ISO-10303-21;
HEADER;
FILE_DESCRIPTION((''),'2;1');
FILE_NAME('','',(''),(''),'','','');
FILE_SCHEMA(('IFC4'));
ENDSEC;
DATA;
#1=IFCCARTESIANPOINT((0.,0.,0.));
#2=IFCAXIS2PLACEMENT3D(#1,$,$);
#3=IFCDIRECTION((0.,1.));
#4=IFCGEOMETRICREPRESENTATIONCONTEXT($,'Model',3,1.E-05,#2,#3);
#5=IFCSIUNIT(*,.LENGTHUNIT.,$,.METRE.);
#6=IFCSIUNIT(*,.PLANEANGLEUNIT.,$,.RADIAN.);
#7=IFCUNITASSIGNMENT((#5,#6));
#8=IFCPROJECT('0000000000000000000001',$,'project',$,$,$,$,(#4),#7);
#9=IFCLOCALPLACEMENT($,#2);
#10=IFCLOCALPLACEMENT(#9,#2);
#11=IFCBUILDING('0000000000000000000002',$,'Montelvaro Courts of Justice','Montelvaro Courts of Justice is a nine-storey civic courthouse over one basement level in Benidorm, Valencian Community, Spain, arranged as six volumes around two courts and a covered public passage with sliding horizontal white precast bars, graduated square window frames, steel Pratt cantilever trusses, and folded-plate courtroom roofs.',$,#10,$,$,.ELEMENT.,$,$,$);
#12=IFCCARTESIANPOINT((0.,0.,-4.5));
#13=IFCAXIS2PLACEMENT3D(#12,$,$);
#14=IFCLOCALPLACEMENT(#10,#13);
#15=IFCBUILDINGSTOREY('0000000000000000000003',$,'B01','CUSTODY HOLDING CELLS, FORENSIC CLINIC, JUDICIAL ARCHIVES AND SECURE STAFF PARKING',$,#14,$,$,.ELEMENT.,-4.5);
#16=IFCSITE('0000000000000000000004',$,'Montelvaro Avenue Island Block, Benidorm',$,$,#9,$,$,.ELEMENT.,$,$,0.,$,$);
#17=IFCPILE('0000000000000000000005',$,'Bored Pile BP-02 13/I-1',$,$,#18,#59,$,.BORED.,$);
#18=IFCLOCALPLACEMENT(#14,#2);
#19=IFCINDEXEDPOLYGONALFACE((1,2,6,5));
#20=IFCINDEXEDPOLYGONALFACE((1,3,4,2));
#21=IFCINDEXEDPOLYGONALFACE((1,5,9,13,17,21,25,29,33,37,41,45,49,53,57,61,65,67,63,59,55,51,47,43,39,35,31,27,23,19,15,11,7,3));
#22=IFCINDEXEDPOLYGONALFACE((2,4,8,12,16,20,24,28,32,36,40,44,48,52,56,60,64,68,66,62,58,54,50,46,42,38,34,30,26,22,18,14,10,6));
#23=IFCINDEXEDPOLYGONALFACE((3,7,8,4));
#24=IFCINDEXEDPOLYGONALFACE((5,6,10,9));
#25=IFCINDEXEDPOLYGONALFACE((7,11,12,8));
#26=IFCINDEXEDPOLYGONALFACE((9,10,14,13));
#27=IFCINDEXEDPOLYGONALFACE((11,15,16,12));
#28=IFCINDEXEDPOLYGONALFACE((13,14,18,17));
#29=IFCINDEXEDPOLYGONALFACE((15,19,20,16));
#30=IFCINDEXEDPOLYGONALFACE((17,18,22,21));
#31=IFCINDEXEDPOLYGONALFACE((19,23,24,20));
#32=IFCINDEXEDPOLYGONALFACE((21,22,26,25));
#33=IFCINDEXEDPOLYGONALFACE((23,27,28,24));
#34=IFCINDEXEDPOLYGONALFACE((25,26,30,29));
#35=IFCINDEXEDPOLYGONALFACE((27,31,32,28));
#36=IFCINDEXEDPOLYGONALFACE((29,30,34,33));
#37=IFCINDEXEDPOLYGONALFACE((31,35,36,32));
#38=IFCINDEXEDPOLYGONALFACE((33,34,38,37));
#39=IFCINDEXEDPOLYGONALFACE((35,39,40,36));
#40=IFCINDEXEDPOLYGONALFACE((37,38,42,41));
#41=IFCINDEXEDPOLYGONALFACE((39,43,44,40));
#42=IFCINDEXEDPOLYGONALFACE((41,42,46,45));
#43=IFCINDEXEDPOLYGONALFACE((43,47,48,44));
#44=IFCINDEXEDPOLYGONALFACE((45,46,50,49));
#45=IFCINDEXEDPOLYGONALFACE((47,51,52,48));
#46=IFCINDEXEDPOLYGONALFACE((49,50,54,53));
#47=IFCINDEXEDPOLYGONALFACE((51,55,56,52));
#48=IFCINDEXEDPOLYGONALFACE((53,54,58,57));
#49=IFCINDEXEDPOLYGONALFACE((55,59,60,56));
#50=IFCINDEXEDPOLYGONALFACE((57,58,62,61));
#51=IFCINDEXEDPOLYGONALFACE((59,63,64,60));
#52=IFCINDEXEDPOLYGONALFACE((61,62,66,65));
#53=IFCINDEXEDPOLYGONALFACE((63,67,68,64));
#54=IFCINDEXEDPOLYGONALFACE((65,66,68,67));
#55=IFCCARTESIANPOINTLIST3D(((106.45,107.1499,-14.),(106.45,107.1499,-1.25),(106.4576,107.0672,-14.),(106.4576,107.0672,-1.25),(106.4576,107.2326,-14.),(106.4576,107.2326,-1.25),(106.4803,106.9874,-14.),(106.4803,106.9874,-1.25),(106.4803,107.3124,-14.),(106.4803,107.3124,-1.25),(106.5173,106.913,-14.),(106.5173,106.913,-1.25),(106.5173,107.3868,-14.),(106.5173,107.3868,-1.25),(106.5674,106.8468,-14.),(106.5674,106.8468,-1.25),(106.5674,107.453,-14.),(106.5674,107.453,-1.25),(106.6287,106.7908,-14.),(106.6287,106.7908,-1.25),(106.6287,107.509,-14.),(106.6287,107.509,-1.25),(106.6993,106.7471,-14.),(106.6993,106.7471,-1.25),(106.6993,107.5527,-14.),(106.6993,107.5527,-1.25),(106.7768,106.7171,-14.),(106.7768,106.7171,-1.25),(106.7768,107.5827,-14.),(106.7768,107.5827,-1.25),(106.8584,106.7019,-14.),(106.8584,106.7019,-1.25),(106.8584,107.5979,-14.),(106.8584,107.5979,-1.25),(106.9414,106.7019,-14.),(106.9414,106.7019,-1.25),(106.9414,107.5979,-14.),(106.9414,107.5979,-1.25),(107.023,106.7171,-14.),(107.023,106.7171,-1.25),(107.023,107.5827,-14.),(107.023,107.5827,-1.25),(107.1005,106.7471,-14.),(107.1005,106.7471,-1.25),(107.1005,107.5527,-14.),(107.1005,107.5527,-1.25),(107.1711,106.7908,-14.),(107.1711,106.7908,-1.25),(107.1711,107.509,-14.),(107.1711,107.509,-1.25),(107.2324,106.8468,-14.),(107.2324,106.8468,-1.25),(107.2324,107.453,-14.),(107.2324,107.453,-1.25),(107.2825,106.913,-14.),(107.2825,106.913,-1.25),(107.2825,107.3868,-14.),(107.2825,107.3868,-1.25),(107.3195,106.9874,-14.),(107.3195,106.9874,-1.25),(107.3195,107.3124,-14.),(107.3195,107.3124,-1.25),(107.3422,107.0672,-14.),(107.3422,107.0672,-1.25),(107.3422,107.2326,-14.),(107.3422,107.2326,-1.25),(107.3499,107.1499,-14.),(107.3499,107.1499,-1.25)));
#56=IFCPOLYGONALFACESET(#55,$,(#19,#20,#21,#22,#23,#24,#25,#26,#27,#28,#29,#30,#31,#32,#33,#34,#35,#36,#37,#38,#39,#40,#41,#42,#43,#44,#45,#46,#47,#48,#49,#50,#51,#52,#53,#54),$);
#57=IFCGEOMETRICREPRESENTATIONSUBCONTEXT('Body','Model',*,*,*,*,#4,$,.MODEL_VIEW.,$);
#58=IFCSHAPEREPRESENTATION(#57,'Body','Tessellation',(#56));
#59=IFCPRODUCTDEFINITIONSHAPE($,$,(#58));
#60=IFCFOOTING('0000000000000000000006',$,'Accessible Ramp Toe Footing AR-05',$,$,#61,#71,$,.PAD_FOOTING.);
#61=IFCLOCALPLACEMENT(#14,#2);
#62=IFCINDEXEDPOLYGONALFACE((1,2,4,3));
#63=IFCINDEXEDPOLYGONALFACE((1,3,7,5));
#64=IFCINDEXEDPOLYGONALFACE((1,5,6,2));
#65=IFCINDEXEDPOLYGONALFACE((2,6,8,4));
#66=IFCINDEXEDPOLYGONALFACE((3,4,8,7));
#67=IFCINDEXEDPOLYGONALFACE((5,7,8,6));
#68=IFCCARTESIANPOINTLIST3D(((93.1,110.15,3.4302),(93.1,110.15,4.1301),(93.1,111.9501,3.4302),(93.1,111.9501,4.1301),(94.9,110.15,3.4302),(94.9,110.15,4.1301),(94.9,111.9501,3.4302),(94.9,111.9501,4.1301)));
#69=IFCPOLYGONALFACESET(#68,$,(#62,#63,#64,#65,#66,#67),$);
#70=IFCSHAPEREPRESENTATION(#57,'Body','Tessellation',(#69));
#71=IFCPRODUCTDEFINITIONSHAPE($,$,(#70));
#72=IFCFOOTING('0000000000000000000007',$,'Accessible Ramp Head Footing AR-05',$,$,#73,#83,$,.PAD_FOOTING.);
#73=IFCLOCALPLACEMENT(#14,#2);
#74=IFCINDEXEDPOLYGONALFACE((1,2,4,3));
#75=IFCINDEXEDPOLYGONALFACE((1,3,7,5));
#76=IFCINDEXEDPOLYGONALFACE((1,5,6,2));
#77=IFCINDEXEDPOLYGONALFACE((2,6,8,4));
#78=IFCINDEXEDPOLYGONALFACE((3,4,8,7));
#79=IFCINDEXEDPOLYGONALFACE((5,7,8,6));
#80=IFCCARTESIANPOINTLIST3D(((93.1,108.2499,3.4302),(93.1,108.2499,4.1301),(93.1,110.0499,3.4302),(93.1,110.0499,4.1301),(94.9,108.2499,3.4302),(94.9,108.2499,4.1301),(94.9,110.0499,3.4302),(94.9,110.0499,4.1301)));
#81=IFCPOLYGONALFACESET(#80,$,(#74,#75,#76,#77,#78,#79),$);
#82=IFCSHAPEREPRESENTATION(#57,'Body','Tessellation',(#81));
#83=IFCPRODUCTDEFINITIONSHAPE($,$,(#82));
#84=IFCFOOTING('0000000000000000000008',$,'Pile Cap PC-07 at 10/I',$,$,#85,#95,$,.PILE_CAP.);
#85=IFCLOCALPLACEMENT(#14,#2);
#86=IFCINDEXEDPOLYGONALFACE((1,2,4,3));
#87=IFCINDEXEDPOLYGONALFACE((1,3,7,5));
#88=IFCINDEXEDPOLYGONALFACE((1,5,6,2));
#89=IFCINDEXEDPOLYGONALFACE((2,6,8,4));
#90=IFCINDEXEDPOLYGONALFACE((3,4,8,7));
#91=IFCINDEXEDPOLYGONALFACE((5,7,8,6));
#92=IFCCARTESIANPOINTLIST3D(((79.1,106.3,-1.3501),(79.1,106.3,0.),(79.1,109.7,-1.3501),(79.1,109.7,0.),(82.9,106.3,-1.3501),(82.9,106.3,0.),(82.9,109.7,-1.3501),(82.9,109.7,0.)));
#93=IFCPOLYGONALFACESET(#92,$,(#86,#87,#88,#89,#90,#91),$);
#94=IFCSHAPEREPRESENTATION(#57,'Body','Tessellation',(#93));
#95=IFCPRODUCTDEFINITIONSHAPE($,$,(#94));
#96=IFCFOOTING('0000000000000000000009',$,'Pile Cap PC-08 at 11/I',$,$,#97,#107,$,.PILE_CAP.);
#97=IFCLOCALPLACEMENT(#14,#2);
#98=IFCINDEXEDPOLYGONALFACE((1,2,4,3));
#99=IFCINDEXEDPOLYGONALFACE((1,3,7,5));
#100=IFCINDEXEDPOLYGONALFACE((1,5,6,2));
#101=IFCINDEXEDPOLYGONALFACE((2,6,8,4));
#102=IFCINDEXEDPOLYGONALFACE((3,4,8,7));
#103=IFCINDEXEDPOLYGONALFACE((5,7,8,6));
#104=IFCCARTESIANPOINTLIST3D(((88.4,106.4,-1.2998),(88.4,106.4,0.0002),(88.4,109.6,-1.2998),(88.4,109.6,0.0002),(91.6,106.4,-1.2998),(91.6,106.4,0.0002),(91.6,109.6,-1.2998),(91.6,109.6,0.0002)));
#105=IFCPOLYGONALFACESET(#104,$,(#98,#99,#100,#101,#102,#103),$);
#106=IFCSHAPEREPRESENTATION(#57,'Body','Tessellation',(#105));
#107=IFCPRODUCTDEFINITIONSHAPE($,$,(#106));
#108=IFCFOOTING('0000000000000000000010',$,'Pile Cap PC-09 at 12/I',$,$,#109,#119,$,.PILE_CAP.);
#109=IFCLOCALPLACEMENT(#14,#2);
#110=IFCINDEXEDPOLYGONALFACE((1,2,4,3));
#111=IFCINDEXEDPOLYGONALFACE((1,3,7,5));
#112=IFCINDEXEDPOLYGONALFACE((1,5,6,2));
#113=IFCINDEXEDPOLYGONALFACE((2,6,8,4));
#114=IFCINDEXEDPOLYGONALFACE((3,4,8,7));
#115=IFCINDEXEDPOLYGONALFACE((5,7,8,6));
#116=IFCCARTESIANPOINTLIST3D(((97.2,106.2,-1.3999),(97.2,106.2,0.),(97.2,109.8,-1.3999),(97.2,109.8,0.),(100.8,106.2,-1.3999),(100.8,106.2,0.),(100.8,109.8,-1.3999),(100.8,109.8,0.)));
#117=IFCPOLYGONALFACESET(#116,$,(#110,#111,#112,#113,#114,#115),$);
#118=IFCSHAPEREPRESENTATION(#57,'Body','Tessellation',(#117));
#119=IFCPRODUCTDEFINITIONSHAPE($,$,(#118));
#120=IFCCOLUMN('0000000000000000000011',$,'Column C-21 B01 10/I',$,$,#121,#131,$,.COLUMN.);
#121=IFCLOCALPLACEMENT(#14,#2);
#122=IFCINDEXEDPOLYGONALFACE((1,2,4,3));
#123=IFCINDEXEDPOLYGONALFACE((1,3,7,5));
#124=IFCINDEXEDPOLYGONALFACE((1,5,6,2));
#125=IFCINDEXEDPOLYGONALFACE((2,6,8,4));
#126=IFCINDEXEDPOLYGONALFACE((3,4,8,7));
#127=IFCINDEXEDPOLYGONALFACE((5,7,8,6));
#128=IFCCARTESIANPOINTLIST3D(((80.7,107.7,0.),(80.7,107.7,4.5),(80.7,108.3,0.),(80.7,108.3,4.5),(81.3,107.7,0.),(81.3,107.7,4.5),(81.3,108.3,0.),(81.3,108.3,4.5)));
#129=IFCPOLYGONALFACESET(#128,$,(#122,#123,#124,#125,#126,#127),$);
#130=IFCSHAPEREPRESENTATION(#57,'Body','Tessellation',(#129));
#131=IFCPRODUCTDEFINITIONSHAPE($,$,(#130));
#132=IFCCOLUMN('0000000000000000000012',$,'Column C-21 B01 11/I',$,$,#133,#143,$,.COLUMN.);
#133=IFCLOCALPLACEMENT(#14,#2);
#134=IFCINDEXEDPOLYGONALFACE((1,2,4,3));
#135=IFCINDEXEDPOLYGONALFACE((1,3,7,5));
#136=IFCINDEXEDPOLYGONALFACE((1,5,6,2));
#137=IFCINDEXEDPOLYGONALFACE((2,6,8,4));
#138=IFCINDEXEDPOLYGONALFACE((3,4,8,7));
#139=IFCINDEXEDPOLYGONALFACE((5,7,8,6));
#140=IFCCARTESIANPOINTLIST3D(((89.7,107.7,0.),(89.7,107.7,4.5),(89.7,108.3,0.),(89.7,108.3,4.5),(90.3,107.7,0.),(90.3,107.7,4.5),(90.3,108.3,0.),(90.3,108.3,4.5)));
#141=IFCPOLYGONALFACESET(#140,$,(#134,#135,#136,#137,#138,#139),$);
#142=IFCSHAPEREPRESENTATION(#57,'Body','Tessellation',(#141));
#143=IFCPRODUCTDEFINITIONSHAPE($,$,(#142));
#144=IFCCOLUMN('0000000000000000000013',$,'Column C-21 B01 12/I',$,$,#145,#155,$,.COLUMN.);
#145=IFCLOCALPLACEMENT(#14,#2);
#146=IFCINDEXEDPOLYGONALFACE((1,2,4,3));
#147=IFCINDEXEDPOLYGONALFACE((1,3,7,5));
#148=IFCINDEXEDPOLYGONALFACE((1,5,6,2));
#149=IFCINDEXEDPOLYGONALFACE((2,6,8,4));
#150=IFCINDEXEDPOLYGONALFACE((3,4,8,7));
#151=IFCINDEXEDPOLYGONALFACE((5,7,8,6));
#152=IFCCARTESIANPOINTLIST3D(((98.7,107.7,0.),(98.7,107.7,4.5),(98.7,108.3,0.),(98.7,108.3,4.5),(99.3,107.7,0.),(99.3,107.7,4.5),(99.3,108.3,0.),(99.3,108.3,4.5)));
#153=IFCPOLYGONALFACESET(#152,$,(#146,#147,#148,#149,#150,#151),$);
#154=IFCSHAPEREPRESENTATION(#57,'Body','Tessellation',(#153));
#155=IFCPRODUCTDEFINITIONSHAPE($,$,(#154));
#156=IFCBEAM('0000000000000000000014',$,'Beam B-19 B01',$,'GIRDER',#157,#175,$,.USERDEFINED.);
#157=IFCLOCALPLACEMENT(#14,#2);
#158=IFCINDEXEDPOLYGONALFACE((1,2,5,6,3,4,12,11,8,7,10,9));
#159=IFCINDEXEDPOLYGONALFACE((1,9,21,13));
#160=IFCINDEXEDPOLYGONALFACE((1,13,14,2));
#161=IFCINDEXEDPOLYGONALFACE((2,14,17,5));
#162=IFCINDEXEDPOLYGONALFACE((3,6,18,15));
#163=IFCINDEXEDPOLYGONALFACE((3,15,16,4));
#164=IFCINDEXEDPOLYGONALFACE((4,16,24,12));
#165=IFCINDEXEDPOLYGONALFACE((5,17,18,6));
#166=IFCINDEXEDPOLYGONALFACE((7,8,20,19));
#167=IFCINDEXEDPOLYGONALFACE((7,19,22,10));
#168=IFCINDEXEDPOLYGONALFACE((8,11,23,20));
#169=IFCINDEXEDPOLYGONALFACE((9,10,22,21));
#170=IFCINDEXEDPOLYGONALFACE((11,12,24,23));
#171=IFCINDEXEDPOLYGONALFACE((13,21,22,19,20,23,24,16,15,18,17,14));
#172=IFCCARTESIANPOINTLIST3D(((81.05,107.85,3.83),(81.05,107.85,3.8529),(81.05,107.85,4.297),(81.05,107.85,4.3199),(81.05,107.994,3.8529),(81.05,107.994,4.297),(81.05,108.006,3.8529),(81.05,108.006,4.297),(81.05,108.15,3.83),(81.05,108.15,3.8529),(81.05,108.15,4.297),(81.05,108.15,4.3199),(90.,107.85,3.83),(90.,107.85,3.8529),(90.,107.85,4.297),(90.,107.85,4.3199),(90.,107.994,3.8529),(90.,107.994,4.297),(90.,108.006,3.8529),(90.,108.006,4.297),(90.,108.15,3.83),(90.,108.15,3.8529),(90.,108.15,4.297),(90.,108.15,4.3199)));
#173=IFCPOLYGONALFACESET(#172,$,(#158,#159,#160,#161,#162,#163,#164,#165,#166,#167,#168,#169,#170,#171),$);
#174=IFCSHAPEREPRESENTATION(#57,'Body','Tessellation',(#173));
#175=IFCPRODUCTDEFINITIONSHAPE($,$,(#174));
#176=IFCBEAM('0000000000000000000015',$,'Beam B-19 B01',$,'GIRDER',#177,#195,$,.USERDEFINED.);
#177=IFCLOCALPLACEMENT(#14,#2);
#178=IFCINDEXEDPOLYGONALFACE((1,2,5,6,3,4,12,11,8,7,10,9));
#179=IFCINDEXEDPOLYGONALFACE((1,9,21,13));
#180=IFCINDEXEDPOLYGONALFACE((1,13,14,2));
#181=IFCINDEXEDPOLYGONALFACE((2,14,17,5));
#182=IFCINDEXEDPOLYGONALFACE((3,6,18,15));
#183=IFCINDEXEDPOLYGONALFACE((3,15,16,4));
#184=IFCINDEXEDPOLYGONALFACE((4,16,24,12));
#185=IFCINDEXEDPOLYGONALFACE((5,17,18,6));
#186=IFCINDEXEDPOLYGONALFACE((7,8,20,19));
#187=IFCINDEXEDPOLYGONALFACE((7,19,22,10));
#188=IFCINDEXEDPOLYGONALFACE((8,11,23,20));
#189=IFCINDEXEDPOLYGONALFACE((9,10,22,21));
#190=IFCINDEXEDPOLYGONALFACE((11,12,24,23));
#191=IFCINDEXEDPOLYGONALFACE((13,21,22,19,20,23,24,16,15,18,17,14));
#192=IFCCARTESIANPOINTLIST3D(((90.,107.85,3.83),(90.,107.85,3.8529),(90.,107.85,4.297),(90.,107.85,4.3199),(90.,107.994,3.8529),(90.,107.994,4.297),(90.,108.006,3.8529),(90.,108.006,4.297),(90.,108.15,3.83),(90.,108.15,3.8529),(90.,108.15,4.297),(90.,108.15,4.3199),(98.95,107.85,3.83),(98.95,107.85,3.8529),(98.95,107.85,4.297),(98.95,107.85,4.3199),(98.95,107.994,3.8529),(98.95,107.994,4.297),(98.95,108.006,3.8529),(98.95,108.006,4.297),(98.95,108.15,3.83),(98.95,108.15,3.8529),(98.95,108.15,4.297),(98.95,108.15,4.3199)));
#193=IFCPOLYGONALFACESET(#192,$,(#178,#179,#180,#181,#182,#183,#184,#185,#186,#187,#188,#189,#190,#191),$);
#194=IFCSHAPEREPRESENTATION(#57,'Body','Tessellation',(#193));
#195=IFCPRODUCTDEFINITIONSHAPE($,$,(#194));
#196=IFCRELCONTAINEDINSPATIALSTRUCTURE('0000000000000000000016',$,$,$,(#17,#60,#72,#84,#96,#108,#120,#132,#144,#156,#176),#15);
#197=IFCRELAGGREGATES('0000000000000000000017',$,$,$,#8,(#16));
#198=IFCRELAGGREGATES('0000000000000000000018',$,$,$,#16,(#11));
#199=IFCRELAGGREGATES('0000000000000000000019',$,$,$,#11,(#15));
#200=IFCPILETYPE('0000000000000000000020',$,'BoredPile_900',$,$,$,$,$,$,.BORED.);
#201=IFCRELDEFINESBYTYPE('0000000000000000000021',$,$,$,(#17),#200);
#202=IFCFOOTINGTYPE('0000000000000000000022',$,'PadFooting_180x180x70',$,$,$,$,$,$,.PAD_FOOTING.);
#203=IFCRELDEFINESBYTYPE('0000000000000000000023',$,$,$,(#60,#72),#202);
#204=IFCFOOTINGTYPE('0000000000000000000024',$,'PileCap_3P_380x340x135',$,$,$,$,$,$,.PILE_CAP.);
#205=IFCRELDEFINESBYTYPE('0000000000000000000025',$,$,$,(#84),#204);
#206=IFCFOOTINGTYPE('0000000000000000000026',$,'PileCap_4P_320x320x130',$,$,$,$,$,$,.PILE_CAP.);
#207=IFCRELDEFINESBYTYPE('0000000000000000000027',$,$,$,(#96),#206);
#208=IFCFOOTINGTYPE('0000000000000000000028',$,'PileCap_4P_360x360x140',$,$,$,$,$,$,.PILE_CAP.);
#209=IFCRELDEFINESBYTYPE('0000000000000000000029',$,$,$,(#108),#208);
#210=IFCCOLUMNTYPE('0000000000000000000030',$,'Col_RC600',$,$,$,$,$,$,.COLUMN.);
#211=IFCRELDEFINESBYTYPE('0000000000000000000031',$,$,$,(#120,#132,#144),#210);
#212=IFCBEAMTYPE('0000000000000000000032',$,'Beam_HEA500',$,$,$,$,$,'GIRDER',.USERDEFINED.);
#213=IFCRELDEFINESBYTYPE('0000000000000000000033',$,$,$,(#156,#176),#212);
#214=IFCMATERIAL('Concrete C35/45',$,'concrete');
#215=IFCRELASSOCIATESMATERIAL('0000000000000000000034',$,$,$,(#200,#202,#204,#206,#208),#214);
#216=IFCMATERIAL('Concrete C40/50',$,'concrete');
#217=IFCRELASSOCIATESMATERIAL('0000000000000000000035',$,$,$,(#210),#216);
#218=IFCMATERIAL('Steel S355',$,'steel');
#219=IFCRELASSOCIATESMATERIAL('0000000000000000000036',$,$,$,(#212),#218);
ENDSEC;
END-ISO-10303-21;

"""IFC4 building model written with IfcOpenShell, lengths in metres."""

from ifc_helpers import new_model, si_unit, direction, frame, origin, origin_2d, place, context, subcontext, project, spatial, rectangle, circle, i_section, extrude, material, material_profile, profile_set, type_object, element, save


model = new_model("IFC4")

# Units and contexts
model_context = context("Model", 3, precision=1e-05, world=origin(), true_north=direction((0.0, 1.0)))
body_context = subcontext(model_context, "Body", "Model", "MODEL_VIEW")
ifc_project = project(units=[si_unit("LENGTHUNIT", "METRE"), si_unit("PLANEANGLEUNIT", "RADIAN")], contexts=[model_context])

# Site, building, storey
site_placement = place(None, origin())
site = spatial("IfcSite", under=ifc_project, at=site_placement, Name="Montelvaro Avenue Island Block, Benidorm", CompositionType="ELEMENT", RefElevation=0.0)
building_placement = place(site_placement, origin())
building = spatial("IfcBuilding", under=site, at=building_placement, Name="Montelvaro Courts of Justice", Description="Montelvaro Courts of Justice is a nine-storey civic courthouse over one basement level in Benidorm, Valencian Community, Spain, arranged as six volumes around two courts and a covered public passage with sliding horizontal white precast bars, graduated square window frames, steel Pratt cantilever trusses, and folded-plate courtroom roofs.", CompositionType="ELEMENT")
storey_placement = place(building_placement, frame((0.0, 0.0, -4.5)))
storey = spatial("IfcBuildingStorey", under=building, at=storey_placement, Name="B01", Description="CUSTODY HOLDING CELLS, FORENSIC CLINIC, JUDICIAL ARCHIVES AND SECURE STAFF PARKING", CompositionType="ELEMENT", Elevation=-4.5)

# Pile
ifc_material_1 = material(Name="Concrete C35/45", Category="concrete")
ifc_material_profile_1 = material_profile(ifc_material_1, circle(Radius=0.45, at=origin_2d()), Name="BORED PILE D900")
ifc_profile_set_1 = profile_set([ifc_material_profile_1], Name="Concrete C35/45")
pile_type_1 = type_object("IfcPileType", Name="BoredPile_900", PredefinedType="BORED", material=ifc_profile_set_1)
pile_1_placement = place(storey_placement, frame((106.8999, 107.1499, -1.25), z_axis=(0.0, 0.0, -1.0), x_axis=(1.0, 0.0, 0.0)))
element("IfcPile", 1, at=pile_1_placement, inside=storey, type_object=pile_type_1, Name="Bored Pile BP-02 13/I-1", PredefinedType="BORED", context=body_context, shape_type="SweptSolid", body=[
    extrude(circle(Radius=0.45, at=origin_2d()), origin(), (0.0, 0.0, 1.0), 12.75),
])

# Footings
footing_type_1 = type_object("IfcFootingType", Name="PadFooting_180x180x70", PredefinedType="PAD_FOOTING", material=ifc_material_1)
for number, where, z_axis, x_axis, name in (
    (2, (94.0, 111.05, 3.4302), (0.0, 0.0, 1.0), (1.0, 0.0, 0.0), "Accessible Ramp Toe Footing AR-05"),
    (3, (94.0, 109.1499, 3.4302), (0.0, 0.0, 1.0), (1.0, 0.0, 0.0), "Accessible Ramp Head Footing AR-05"),
):
    element("IfcFooting", number, at=place(storey_placement, frame(where, z_axis=z_axis, x_axis=x_axis)), inside=storey, type_object=footing_type_1, Name=name, PredefinedType="PAD_FOOTING", context=body_context, shape_type="SweptSolid", body=[
        extrude(rectangle(XDim=1.8, YDim=1.8, at=origin_2d()), origin(), (0.0, 0.0, 1.0), 0.7),
    ])
footing_type_2 = type_object("IfcFootingType", Name="PileCap_3P_380x340x135", PredefinedType="PILE_CAP", material=ifc_material_1)
footing_1_placement = place(storey_placement, frame((81.0, 108.0, -1.3501), z_axis=(0.0, 0.0, 1.0), x_axis=(1.0, 0.0, 0.0)))
element("IfcFooting", 4, at=footing_1_placement, inside=storey, type_object=footing_type_2, Name="Pile Cap PC-07 at 10/I", PredefinedType="PILE_CAP", context=body_context, shape_type="SweptSolid", body=[
    extrude(rectangle(XDim=3.8, YDim=3.3999, at=origin_2d()), origin(), (0.0, 0.0, 1.0), 1.3501),
])
footing_type_3 = type_object("IfcFootingType", Name="PileCap_4P_320x320x130", PredefinedType="PILE_CAP", material=ifc_material_1)
footing_2_placement = place(storey_placement, frame((90.0, 108.0, -1.2998), z_axis=(0.0, 0.0, 1.0), x_axis=(1.0, 0.0, 0.0)))
element("IfcFooting", 5, at=footing_2_placement, inside=storey, type_object=footing_type_3, Name="Pile Cap PC-08 at 11/I", PredefinedType="PILE_CAP", context=body_context, shape_type="SweptSolid", body=[
    extrude(rectangle(XDim=3.2, YDim=3.2, at=origin_2d()), origin(), (0.0, 0.0, 1.0), 1.3),
])
footing_type_4 = type_object("IfcFootingType", Name="PileCap_4P_360x360x140", PredefinedType="PILE_CAP", material=ifc_material_1)
footing_3_placement = place(storey_placement, frame((99.0, 108.0, -1.3999), z_axis=(0.0, 0.0, 1.0), x_axis=(1.0, 0.0, 0.0)))
element("IfcFooting", 6, at=footing_3_placement, inside=storey, type_object=footing_type_4, Name="Pile Cap PC-09 at 12/I", PredefinedType="PILE_CAP", context=body_context, shape_type="SweptSolid", body=[
    extrude(rectangle(XDim=3.6001, YDim=3.6001, at=origin_2d()), origin(), (0.0, 0.0, 1.0), 1.3999),
])

# Columns
ifc_material_2 = material(Name="Concrete C40/50", Category="concrete")
ifc_material_profile_2 = material_profile(ifc_material_2, rectangle(XDim=0.6001, YDim=0.6001, at=origin_2d()), Name="RC 600x600")
ifc_profile_set_2 = profile_set([ifc_material_profile_2], Name="Concrete C40/50")
column_type = type_object("IfcColumnType", Name="Col_RC600", PredefinedType="COLUMN", material=ifc_profile_set_2)
for number, where, z_axis, x_axis, name in (
    (7, (81.0, 108.0, 0.0), (0.0, 0.0, 1.0), (1.0, 0.0, 0.0), "Column C-21 B01 10/I"),
    (8, (90.0, 108.0, 0.0), (0.0, 0.0, 1.0), (1.0, 0.0, 0.0), "Column C-21 B01 11/I"),
    (9, (99.0, 108.0, 0.0), (0.0, 0.0, 1.0), (1.0, 0.0, 0.0), "Column C-21 B01 12/I"),
):
    element("IfcColumn", number, at=place(storey_placement, frame(where, z_axis=z_axis, x_axis=x_axis)), inside=storey, type_object=column_type, Name=name, PredefinedType="COLUMN", context=body_context, shape_type="SweptSolid", body=[
        extrude(rectangle(XDim=0.6001, YDim=0.6001, at=origin_2d()), origin(), (0.0, 0.0, 1.0), 4.5),
    ])

# Beams
ifc_material_3 = material(Name="Steel S355", Category="steel")
ifc_material_profile_3 = material_profile(ifc_material_3, i_section(OverallWidth=0.3, OverallDepth=0.49, WebThickness=0.012, FlangeThickness=0.0229, at=origin_2d()), Name="HEA 500")
ifc_profile_set_3 = profile_set([ifc_material_profile_3], Name="Steel S355")
beam_type = type_object("IfcBeamType", Name="Beam_HEA500", ElementType="GIRDER", PredefinedType="USERDEFINED", material=ifc_profile_set_3)
for number, where, z_axis, x_axis, name in (
    (10, (81.05, 108.0, 4.075), (1.0, 0.0, 0.0), (0.0, 1.0, 0.0), "Beam B-19 B01"),
    (11, (90.0, 108.0, 4.075), (1.0, 0.0, 0.0), (0.0, 1.0, 0.0), "Beam B-19 B01"),
):
    element("IfcBeam", number, at=place(storey_placement, frame(where, z_axis=z_axis, x_axis=x_axis)), inside=storey, type_object=beam_type, Name=name, ObjectType="GIRDER", PredefinedType="USERDEFINED", context=body_context, shape_type="SweptSolid", body=[
        extrude(i_section(OverallWidth=0.3, OverallDepth=0.49, WebThickness=0.012, FlangeThickness=0.0229, at=origin_2d()), origin(), (0.0, 0.0, 1.0), 8.95),
    ])

save(model, "model.ifc")
